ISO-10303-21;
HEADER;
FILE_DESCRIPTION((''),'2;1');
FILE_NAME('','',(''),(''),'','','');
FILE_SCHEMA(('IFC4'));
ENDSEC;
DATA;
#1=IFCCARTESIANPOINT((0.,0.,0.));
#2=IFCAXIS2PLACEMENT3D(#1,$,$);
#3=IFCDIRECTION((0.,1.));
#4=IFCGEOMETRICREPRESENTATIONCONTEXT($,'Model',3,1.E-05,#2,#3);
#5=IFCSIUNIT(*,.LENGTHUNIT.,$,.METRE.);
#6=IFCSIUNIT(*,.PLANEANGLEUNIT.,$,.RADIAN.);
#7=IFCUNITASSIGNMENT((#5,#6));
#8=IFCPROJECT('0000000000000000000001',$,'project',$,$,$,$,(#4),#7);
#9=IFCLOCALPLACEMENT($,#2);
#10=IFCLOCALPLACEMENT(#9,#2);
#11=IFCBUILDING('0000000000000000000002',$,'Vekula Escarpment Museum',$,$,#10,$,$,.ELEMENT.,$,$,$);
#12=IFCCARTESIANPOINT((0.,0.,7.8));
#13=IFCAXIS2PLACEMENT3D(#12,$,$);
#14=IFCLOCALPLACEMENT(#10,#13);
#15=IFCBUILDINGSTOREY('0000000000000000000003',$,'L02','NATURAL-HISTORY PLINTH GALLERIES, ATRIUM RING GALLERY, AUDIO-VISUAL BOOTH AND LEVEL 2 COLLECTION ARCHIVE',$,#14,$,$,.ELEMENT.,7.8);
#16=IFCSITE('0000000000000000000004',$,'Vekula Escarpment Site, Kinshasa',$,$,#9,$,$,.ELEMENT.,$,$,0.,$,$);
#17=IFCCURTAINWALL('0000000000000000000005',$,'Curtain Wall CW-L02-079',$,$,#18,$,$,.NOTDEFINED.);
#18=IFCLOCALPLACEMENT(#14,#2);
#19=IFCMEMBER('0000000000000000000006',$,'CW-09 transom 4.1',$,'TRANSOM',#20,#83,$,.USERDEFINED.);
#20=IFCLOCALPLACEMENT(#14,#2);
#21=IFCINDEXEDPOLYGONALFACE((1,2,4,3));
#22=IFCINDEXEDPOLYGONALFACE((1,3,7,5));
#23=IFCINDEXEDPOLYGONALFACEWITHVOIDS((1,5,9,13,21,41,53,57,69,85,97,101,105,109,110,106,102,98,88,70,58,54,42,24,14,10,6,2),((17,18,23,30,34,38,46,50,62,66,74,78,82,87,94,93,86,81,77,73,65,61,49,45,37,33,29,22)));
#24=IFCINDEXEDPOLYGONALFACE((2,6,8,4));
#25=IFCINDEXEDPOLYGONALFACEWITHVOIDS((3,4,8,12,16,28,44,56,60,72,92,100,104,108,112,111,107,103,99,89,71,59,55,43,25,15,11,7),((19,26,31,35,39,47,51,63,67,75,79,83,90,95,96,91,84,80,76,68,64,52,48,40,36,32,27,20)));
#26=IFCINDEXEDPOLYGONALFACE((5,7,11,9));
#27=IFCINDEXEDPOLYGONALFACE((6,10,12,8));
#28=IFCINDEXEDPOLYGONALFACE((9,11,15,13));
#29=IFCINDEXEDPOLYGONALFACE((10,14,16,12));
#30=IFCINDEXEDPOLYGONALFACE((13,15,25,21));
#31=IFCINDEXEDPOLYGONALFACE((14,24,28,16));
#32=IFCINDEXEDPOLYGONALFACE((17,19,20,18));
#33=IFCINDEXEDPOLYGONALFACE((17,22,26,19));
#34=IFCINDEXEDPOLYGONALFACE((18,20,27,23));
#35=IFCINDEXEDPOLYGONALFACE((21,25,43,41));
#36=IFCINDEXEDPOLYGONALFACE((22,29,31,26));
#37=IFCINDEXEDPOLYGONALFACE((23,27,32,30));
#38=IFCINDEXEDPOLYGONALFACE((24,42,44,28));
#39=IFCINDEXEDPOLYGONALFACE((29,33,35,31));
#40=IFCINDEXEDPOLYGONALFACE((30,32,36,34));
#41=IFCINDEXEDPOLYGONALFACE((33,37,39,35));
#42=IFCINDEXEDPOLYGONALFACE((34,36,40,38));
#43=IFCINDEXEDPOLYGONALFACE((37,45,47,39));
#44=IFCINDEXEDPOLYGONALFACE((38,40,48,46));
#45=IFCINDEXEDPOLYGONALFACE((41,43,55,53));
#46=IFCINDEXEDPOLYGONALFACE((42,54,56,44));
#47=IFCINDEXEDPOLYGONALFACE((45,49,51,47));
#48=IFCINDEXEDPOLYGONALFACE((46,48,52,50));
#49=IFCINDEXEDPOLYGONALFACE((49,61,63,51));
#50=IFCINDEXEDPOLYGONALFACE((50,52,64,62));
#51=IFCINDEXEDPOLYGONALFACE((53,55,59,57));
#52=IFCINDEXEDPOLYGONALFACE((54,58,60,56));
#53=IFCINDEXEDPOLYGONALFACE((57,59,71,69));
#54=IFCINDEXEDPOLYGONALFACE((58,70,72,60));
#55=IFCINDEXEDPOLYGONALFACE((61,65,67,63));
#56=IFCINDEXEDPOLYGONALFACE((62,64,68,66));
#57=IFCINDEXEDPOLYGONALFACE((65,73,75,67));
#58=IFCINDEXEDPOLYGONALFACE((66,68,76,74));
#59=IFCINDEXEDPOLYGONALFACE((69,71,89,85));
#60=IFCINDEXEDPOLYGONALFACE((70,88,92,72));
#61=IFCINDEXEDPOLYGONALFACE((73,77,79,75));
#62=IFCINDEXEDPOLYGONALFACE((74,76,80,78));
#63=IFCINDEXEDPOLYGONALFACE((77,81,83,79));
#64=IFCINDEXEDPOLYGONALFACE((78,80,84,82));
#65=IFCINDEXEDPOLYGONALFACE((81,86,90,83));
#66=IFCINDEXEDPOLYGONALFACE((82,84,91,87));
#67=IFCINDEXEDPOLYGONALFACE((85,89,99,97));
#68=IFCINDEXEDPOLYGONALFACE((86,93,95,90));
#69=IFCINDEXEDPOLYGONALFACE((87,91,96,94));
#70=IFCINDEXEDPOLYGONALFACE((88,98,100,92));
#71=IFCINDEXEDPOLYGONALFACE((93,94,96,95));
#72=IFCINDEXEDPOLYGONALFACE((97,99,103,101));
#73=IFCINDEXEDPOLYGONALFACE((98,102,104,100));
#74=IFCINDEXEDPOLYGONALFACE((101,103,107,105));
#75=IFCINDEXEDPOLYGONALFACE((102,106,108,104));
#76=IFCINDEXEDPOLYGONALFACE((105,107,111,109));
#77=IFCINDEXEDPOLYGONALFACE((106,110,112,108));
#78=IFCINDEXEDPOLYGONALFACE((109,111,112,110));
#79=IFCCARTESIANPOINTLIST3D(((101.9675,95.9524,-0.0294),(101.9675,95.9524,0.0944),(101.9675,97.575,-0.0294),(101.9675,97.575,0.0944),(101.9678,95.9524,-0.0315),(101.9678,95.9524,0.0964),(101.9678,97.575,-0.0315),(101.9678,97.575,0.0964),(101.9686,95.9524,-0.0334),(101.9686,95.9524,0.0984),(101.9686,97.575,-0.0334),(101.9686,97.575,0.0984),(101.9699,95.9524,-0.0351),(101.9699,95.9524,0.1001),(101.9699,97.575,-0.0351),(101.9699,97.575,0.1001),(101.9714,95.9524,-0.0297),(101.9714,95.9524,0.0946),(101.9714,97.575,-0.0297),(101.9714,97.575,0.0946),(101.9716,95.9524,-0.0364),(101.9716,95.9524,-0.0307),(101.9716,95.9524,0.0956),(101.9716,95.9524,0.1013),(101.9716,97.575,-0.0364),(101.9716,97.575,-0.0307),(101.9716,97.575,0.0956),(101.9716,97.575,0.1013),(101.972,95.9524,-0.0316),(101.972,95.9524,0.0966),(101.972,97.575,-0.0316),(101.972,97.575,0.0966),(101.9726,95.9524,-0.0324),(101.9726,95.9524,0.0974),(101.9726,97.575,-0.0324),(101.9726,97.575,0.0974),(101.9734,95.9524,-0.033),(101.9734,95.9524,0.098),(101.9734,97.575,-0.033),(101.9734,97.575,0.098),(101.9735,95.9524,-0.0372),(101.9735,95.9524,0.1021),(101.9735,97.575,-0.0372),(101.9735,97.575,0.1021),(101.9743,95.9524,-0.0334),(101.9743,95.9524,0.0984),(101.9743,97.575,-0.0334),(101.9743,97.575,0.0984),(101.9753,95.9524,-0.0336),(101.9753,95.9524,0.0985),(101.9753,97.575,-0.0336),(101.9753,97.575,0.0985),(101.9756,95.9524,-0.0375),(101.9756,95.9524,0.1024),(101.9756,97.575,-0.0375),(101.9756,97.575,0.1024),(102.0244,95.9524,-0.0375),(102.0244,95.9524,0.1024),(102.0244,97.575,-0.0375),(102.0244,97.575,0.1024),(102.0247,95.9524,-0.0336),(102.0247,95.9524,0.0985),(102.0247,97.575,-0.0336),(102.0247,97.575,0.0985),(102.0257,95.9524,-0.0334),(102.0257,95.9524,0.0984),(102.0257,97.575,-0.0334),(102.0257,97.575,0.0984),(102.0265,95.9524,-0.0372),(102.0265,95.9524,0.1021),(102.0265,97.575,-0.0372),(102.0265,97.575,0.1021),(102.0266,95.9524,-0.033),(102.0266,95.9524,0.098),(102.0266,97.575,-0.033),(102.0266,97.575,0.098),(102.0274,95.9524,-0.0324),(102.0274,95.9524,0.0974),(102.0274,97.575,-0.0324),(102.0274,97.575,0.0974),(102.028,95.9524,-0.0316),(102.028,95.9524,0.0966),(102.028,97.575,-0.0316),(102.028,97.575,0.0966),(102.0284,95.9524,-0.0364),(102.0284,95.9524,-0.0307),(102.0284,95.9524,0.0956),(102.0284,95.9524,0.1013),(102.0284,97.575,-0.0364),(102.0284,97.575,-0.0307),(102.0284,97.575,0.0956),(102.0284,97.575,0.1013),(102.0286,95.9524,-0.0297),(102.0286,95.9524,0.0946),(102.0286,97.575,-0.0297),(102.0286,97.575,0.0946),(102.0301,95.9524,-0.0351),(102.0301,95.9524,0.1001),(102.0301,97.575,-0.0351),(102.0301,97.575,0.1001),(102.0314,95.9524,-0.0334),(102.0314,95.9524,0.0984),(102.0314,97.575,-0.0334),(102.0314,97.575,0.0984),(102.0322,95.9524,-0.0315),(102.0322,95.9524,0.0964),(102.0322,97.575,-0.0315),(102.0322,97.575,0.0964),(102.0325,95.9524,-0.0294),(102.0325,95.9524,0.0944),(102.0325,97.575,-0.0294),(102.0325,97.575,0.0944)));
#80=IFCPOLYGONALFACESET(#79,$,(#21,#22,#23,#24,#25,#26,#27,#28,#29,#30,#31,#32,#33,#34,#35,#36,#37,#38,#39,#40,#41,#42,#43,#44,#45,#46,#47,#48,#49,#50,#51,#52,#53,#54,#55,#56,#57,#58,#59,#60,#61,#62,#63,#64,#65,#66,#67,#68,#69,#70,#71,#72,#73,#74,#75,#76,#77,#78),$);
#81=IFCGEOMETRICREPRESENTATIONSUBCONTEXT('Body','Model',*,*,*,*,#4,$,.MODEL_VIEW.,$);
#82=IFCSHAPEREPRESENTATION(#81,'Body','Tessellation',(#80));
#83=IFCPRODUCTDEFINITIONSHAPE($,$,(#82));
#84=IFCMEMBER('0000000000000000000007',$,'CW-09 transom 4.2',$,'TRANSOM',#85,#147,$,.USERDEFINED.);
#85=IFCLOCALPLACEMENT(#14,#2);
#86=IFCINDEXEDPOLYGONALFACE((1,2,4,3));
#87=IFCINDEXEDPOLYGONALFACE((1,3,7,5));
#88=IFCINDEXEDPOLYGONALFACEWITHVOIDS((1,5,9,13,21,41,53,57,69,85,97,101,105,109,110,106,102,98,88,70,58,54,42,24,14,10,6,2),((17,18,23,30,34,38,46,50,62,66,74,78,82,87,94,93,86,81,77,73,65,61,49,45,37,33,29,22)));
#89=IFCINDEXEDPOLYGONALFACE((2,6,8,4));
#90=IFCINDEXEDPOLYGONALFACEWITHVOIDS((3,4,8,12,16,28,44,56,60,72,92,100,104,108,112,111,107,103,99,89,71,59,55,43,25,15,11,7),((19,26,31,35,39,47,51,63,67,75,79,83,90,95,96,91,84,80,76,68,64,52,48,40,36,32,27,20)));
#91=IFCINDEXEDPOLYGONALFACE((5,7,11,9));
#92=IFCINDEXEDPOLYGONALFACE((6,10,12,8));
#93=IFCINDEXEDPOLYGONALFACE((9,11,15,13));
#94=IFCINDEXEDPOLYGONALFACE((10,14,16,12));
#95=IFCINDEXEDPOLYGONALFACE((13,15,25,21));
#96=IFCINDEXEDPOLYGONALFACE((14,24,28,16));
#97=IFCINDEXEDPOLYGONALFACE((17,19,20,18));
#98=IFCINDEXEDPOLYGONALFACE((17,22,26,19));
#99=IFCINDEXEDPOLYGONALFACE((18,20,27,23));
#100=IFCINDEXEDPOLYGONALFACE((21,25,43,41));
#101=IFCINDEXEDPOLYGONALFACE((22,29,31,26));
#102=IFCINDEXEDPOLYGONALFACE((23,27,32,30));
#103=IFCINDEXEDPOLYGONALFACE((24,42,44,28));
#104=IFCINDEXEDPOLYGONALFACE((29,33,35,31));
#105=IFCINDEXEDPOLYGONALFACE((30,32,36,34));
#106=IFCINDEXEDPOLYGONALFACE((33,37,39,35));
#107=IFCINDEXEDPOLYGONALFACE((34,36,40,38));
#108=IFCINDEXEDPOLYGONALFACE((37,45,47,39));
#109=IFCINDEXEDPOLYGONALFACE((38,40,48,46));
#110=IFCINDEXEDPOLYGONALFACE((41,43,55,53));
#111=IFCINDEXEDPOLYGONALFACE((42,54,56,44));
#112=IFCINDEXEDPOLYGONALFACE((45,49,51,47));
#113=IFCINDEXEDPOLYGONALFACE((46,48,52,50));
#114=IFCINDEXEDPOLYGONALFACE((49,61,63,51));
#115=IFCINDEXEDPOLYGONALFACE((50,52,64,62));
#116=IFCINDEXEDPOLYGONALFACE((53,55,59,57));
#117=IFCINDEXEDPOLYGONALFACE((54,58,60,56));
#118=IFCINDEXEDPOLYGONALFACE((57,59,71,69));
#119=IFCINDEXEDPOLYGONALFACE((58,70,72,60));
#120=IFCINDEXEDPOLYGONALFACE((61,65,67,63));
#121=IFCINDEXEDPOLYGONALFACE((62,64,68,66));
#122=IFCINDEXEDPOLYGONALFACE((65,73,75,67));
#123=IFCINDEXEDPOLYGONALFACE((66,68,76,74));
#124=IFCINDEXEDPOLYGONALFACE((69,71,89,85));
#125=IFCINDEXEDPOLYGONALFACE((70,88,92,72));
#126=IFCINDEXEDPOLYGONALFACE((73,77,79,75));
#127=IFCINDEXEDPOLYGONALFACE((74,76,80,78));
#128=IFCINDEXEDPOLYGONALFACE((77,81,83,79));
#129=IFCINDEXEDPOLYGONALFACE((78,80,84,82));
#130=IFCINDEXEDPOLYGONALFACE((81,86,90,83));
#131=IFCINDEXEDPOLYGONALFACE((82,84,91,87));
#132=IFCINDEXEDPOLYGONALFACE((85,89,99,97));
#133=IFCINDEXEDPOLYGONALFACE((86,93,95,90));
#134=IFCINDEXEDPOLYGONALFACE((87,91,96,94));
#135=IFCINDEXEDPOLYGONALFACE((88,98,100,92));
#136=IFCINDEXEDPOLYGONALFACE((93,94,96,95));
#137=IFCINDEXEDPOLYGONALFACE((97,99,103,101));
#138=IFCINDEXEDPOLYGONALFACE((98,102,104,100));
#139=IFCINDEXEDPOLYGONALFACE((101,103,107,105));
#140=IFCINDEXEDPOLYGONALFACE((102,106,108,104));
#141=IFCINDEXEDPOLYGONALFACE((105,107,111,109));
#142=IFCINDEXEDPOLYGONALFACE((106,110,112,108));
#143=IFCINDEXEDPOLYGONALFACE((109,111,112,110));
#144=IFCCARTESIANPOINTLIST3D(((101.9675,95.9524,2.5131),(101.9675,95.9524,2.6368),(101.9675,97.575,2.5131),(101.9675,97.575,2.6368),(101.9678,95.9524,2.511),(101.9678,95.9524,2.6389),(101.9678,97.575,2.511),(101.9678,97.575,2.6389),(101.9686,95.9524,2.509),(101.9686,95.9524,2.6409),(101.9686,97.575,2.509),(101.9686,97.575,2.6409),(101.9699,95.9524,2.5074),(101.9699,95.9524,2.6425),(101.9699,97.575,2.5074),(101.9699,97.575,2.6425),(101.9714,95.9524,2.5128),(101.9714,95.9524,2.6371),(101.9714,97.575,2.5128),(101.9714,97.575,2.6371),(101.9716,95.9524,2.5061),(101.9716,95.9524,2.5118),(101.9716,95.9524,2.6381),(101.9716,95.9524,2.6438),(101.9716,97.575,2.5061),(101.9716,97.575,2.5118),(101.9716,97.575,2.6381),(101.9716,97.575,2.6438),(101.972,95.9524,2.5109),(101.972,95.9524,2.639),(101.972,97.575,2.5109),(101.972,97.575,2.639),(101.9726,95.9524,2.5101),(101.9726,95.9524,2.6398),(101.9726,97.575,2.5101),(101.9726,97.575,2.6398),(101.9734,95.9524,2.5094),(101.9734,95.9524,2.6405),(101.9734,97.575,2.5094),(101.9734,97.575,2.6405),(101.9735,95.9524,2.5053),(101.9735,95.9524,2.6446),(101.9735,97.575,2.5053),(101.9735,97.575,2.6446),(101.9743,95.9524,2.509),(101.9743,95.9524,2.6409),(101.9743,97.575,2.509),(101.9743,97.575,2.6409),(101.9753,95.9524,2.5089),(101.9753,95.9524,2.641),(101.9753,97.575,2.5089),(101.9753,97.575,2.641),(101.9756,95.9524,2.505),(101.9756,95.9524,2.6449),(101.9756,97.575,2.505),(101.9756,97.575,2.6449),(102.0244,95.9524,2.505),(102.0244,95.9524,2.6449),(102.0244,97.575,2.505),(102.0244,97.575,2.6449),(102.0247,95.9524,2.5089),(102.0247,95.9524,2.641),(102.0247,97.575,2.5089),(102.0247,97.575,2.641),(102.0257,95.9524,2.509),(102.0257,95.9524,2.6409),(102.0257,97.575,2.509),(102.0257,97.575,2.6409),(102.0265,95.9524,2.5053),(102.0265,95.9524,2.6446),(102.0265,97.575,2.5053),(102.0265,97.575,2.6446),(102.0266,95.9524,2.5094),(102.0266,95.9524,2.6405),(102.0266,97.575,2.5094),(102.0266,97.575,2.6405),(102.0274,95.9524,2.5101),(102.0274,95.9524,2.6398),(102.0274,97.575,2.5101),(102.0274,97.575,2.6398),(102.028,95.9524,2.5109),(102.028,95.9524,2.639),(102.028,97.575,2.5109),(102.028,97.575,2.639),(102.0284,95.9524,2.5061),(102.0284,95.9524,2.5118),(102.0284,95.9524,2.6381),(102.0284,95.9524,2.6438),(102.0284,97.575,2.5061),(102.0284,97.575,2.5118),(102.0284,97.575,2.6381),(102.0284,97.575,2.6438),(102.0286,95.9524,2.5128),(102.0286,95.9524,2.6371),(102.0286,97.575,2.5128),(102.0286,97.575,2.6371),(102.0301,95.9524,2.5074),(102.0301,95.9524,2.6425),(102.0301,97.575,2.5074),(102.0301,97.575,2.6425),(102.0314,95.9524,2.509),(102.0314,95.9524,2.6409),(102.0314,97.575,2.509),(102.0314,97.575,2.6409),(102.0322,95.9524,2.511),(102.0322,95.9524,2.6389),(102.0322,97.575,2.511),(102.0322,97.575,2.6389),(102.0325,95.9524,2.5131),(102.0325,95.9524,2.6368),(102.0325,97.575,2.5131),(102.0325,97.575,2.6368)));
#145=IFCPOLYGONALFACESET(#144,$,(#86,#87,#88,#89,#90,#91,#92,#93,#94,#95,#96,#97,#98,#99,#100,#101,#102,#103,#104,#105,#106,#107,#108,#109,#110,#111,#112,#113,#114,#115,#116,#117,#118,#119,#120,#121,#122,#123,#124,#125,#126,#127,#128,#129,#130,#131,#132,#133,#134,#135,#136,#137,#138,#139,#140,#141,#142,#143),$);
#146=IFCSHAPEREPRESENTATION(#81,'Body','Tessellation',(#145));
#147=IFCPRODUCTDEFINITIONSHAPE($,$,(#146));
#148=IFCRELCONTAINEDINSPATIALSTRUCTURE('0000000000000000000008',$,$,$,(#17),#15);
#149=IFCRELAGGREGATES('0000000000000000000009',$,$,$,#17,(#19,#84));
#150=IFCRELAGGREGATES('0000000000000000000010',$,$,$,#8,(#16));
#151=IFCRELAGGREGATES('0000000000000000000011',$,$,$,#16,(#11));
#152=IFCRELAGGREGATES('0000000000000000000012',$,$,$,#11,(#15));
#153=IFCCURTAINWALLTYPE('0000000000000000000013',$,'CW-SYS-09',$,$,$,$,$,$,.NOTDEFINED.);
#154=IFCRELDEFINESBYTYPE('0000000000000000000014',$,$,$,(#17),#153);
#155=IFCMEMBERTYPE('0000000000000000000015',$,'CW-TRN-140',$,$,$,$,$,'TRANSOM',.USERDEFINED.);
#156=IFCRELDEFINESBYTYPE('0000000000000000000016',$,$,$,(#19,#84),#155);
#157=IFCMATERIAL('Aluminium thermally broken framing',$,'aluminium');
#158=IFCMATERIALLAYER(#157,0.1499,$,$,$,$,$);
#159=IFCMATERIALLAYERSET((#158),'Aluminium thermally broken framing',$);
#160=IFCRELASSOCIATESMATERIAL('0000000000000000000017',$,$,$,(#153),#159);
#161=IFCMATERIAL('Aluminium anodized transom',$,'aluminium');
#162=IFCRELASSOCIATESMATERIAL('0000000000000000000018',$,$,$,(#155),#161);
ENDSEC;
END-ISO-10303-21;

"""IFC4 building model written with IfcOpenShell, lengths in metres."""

from ifc_helpers import new_model, si_unit, direction, frame, origin, origin_2d, place, context, subcontext, project, spatial, hollow_rectangle, extrude, material, layer, layer_set, material_profile, profile_set, type_object, element, aggregate, save


model = new_model("IFC4")

# Units and contexts
model_context = context("Model", 3, precision=1e-05, world=origin(), true_north=direction((0.0, 1.0)))
body_context = subcontext(model_context, "Body", "Model", "MODEL_VIEW")
ifc_project = project(units=[si_unit("LENGTHUNIT", "METRE"), si_unit("PLANEANGLEUNIT", "RADIAN")], contexts=[model_context])

# Site, building, storey
site_placement = place(None, origin())
site = spatial("IfcSite", under=ifc_project, at=site_placement, Name="Vekula Escarpment Site, Kinshasa", CompositionType="ELEMENT", RefElevation=0.0)
building_placement = place(site_placement, origin())
building = spatial("IfcBuilding", under=site, at=building_placement, Name="Vekula Escarpment Museum", CompositionType="ELEMENT")
storey_placement = place(building_placement, frame((0.0, 0.0, 7.8)))
storey = spatial("IfcBuildingStorey", under=building, at=storey_placement, Name="L02", Description="NATURAL-HISTORY PLINTH GALLERIES, ATRIUM RING GALLERY, AUDIO-VISUAL BOOTH AND LEVEL 2 COLLECTION ARCHIVE", CompositionType="ELEMENT", Elevation=7.8)

# Curtain wall
ifc_material_1 = material(Name="Aluminium thermally broken framing", Category="aluminium")
ifc_layer_1 = layer(ifc_material_1, 0.1499)
ifc_layer_set_1 = layer_set([ifc_layer_1], Name="Aluminium thermally broken framing")
curtain_wall_type_1 = type_object("IfcCurtainWallType", Name="CW-SYS-09", PredefinedType="NOTDEFINED", material=ifc_layer_set_1)
curtain_wall_1_placement = place(storey_placement, origin())
curtain_wall_1 = element("IfcCurtainWall", 1, at=curtain_wall_1_placement, inside=storey, type_object=curtain_wall_type_1, Name="Curtain Wall CW-L02-079", PredefinedType="NOTDEFINED")

# Members
ifc_material_2 = material(Name="Aluminium anodized transom", Category="aluminium")
ifc_material_profile_1 = material_profile(ifc_material_2, hollow_rectangle(XDim=0.0649, YDim=0.1399, WallThickness=0.0039, InnerFilletRadius=0.0039, OuterFilletRadius=0.0081, at=origin_2d()), Name="ALU 140x65x4")
ifc_profile_set_1 = profile_set([ifc_material_profile_1], Name="Aluminium anodized transom")
member_type_1 = type_object("IfcMemberType", Name="CW-TRN-140", ElementType="TRANSOM", PredefinedType="USERDEFINED", material=ifc_profile_set_1)
member_1_placement = place(storey_placement, frame((102.0, 95.9524, 0.0325), z_axis=(0.0, 1.0, 0.0), x_axis=(-1.0, 0.0, 0.0)))
member_1 = element("IfcMember", 2, at=member_1_placement, type_object=member_type_1, Name="CW-09 transom 4.1", ObjectType="TRANSOM", PredefinedType="USERDEFINED", context=body_context, shape_type="SweptSolid", body=[
    extrude(hollow_rectangle(XDim=0.0649, YDim=0.1399, WallThickness=0.0039, InnerFilletRadius=0.0039, OuterFilletRadius=0.0081, at=origin_2d()), origin(), (0.0, 0.0, 1.0), 1.6226),
])
member_2_placement = place(storey_placement, frame((102.0, 95.9524, 2.575), z_axis=(0.0, 1.0, 0.0), x_axis=(-1.0, 0.0, 0.0)))
member_2 = element("IfcMember", 3, at=member_2_placement, type_object=member_type_1, Name="CW-09 transom 4.2", ObjectType="TRANSOM", PredefinedType="USERDEFINED", context=body_context, shape_type="SweptSolid", body=[
    extrude(hollow_rectangle(XDim=0.0649, YDim=0.1399, WallThickness=0.0039, InnerFilletRadius=0.0039, OuterFilletRadius=0.0081, at=origin_2d()), origin(), (0.0, 0.0, 1.0), 1.6226),
])

aggregate(curtain_wall_1, [member_1, member_2])

save(model, "model.ifc")
